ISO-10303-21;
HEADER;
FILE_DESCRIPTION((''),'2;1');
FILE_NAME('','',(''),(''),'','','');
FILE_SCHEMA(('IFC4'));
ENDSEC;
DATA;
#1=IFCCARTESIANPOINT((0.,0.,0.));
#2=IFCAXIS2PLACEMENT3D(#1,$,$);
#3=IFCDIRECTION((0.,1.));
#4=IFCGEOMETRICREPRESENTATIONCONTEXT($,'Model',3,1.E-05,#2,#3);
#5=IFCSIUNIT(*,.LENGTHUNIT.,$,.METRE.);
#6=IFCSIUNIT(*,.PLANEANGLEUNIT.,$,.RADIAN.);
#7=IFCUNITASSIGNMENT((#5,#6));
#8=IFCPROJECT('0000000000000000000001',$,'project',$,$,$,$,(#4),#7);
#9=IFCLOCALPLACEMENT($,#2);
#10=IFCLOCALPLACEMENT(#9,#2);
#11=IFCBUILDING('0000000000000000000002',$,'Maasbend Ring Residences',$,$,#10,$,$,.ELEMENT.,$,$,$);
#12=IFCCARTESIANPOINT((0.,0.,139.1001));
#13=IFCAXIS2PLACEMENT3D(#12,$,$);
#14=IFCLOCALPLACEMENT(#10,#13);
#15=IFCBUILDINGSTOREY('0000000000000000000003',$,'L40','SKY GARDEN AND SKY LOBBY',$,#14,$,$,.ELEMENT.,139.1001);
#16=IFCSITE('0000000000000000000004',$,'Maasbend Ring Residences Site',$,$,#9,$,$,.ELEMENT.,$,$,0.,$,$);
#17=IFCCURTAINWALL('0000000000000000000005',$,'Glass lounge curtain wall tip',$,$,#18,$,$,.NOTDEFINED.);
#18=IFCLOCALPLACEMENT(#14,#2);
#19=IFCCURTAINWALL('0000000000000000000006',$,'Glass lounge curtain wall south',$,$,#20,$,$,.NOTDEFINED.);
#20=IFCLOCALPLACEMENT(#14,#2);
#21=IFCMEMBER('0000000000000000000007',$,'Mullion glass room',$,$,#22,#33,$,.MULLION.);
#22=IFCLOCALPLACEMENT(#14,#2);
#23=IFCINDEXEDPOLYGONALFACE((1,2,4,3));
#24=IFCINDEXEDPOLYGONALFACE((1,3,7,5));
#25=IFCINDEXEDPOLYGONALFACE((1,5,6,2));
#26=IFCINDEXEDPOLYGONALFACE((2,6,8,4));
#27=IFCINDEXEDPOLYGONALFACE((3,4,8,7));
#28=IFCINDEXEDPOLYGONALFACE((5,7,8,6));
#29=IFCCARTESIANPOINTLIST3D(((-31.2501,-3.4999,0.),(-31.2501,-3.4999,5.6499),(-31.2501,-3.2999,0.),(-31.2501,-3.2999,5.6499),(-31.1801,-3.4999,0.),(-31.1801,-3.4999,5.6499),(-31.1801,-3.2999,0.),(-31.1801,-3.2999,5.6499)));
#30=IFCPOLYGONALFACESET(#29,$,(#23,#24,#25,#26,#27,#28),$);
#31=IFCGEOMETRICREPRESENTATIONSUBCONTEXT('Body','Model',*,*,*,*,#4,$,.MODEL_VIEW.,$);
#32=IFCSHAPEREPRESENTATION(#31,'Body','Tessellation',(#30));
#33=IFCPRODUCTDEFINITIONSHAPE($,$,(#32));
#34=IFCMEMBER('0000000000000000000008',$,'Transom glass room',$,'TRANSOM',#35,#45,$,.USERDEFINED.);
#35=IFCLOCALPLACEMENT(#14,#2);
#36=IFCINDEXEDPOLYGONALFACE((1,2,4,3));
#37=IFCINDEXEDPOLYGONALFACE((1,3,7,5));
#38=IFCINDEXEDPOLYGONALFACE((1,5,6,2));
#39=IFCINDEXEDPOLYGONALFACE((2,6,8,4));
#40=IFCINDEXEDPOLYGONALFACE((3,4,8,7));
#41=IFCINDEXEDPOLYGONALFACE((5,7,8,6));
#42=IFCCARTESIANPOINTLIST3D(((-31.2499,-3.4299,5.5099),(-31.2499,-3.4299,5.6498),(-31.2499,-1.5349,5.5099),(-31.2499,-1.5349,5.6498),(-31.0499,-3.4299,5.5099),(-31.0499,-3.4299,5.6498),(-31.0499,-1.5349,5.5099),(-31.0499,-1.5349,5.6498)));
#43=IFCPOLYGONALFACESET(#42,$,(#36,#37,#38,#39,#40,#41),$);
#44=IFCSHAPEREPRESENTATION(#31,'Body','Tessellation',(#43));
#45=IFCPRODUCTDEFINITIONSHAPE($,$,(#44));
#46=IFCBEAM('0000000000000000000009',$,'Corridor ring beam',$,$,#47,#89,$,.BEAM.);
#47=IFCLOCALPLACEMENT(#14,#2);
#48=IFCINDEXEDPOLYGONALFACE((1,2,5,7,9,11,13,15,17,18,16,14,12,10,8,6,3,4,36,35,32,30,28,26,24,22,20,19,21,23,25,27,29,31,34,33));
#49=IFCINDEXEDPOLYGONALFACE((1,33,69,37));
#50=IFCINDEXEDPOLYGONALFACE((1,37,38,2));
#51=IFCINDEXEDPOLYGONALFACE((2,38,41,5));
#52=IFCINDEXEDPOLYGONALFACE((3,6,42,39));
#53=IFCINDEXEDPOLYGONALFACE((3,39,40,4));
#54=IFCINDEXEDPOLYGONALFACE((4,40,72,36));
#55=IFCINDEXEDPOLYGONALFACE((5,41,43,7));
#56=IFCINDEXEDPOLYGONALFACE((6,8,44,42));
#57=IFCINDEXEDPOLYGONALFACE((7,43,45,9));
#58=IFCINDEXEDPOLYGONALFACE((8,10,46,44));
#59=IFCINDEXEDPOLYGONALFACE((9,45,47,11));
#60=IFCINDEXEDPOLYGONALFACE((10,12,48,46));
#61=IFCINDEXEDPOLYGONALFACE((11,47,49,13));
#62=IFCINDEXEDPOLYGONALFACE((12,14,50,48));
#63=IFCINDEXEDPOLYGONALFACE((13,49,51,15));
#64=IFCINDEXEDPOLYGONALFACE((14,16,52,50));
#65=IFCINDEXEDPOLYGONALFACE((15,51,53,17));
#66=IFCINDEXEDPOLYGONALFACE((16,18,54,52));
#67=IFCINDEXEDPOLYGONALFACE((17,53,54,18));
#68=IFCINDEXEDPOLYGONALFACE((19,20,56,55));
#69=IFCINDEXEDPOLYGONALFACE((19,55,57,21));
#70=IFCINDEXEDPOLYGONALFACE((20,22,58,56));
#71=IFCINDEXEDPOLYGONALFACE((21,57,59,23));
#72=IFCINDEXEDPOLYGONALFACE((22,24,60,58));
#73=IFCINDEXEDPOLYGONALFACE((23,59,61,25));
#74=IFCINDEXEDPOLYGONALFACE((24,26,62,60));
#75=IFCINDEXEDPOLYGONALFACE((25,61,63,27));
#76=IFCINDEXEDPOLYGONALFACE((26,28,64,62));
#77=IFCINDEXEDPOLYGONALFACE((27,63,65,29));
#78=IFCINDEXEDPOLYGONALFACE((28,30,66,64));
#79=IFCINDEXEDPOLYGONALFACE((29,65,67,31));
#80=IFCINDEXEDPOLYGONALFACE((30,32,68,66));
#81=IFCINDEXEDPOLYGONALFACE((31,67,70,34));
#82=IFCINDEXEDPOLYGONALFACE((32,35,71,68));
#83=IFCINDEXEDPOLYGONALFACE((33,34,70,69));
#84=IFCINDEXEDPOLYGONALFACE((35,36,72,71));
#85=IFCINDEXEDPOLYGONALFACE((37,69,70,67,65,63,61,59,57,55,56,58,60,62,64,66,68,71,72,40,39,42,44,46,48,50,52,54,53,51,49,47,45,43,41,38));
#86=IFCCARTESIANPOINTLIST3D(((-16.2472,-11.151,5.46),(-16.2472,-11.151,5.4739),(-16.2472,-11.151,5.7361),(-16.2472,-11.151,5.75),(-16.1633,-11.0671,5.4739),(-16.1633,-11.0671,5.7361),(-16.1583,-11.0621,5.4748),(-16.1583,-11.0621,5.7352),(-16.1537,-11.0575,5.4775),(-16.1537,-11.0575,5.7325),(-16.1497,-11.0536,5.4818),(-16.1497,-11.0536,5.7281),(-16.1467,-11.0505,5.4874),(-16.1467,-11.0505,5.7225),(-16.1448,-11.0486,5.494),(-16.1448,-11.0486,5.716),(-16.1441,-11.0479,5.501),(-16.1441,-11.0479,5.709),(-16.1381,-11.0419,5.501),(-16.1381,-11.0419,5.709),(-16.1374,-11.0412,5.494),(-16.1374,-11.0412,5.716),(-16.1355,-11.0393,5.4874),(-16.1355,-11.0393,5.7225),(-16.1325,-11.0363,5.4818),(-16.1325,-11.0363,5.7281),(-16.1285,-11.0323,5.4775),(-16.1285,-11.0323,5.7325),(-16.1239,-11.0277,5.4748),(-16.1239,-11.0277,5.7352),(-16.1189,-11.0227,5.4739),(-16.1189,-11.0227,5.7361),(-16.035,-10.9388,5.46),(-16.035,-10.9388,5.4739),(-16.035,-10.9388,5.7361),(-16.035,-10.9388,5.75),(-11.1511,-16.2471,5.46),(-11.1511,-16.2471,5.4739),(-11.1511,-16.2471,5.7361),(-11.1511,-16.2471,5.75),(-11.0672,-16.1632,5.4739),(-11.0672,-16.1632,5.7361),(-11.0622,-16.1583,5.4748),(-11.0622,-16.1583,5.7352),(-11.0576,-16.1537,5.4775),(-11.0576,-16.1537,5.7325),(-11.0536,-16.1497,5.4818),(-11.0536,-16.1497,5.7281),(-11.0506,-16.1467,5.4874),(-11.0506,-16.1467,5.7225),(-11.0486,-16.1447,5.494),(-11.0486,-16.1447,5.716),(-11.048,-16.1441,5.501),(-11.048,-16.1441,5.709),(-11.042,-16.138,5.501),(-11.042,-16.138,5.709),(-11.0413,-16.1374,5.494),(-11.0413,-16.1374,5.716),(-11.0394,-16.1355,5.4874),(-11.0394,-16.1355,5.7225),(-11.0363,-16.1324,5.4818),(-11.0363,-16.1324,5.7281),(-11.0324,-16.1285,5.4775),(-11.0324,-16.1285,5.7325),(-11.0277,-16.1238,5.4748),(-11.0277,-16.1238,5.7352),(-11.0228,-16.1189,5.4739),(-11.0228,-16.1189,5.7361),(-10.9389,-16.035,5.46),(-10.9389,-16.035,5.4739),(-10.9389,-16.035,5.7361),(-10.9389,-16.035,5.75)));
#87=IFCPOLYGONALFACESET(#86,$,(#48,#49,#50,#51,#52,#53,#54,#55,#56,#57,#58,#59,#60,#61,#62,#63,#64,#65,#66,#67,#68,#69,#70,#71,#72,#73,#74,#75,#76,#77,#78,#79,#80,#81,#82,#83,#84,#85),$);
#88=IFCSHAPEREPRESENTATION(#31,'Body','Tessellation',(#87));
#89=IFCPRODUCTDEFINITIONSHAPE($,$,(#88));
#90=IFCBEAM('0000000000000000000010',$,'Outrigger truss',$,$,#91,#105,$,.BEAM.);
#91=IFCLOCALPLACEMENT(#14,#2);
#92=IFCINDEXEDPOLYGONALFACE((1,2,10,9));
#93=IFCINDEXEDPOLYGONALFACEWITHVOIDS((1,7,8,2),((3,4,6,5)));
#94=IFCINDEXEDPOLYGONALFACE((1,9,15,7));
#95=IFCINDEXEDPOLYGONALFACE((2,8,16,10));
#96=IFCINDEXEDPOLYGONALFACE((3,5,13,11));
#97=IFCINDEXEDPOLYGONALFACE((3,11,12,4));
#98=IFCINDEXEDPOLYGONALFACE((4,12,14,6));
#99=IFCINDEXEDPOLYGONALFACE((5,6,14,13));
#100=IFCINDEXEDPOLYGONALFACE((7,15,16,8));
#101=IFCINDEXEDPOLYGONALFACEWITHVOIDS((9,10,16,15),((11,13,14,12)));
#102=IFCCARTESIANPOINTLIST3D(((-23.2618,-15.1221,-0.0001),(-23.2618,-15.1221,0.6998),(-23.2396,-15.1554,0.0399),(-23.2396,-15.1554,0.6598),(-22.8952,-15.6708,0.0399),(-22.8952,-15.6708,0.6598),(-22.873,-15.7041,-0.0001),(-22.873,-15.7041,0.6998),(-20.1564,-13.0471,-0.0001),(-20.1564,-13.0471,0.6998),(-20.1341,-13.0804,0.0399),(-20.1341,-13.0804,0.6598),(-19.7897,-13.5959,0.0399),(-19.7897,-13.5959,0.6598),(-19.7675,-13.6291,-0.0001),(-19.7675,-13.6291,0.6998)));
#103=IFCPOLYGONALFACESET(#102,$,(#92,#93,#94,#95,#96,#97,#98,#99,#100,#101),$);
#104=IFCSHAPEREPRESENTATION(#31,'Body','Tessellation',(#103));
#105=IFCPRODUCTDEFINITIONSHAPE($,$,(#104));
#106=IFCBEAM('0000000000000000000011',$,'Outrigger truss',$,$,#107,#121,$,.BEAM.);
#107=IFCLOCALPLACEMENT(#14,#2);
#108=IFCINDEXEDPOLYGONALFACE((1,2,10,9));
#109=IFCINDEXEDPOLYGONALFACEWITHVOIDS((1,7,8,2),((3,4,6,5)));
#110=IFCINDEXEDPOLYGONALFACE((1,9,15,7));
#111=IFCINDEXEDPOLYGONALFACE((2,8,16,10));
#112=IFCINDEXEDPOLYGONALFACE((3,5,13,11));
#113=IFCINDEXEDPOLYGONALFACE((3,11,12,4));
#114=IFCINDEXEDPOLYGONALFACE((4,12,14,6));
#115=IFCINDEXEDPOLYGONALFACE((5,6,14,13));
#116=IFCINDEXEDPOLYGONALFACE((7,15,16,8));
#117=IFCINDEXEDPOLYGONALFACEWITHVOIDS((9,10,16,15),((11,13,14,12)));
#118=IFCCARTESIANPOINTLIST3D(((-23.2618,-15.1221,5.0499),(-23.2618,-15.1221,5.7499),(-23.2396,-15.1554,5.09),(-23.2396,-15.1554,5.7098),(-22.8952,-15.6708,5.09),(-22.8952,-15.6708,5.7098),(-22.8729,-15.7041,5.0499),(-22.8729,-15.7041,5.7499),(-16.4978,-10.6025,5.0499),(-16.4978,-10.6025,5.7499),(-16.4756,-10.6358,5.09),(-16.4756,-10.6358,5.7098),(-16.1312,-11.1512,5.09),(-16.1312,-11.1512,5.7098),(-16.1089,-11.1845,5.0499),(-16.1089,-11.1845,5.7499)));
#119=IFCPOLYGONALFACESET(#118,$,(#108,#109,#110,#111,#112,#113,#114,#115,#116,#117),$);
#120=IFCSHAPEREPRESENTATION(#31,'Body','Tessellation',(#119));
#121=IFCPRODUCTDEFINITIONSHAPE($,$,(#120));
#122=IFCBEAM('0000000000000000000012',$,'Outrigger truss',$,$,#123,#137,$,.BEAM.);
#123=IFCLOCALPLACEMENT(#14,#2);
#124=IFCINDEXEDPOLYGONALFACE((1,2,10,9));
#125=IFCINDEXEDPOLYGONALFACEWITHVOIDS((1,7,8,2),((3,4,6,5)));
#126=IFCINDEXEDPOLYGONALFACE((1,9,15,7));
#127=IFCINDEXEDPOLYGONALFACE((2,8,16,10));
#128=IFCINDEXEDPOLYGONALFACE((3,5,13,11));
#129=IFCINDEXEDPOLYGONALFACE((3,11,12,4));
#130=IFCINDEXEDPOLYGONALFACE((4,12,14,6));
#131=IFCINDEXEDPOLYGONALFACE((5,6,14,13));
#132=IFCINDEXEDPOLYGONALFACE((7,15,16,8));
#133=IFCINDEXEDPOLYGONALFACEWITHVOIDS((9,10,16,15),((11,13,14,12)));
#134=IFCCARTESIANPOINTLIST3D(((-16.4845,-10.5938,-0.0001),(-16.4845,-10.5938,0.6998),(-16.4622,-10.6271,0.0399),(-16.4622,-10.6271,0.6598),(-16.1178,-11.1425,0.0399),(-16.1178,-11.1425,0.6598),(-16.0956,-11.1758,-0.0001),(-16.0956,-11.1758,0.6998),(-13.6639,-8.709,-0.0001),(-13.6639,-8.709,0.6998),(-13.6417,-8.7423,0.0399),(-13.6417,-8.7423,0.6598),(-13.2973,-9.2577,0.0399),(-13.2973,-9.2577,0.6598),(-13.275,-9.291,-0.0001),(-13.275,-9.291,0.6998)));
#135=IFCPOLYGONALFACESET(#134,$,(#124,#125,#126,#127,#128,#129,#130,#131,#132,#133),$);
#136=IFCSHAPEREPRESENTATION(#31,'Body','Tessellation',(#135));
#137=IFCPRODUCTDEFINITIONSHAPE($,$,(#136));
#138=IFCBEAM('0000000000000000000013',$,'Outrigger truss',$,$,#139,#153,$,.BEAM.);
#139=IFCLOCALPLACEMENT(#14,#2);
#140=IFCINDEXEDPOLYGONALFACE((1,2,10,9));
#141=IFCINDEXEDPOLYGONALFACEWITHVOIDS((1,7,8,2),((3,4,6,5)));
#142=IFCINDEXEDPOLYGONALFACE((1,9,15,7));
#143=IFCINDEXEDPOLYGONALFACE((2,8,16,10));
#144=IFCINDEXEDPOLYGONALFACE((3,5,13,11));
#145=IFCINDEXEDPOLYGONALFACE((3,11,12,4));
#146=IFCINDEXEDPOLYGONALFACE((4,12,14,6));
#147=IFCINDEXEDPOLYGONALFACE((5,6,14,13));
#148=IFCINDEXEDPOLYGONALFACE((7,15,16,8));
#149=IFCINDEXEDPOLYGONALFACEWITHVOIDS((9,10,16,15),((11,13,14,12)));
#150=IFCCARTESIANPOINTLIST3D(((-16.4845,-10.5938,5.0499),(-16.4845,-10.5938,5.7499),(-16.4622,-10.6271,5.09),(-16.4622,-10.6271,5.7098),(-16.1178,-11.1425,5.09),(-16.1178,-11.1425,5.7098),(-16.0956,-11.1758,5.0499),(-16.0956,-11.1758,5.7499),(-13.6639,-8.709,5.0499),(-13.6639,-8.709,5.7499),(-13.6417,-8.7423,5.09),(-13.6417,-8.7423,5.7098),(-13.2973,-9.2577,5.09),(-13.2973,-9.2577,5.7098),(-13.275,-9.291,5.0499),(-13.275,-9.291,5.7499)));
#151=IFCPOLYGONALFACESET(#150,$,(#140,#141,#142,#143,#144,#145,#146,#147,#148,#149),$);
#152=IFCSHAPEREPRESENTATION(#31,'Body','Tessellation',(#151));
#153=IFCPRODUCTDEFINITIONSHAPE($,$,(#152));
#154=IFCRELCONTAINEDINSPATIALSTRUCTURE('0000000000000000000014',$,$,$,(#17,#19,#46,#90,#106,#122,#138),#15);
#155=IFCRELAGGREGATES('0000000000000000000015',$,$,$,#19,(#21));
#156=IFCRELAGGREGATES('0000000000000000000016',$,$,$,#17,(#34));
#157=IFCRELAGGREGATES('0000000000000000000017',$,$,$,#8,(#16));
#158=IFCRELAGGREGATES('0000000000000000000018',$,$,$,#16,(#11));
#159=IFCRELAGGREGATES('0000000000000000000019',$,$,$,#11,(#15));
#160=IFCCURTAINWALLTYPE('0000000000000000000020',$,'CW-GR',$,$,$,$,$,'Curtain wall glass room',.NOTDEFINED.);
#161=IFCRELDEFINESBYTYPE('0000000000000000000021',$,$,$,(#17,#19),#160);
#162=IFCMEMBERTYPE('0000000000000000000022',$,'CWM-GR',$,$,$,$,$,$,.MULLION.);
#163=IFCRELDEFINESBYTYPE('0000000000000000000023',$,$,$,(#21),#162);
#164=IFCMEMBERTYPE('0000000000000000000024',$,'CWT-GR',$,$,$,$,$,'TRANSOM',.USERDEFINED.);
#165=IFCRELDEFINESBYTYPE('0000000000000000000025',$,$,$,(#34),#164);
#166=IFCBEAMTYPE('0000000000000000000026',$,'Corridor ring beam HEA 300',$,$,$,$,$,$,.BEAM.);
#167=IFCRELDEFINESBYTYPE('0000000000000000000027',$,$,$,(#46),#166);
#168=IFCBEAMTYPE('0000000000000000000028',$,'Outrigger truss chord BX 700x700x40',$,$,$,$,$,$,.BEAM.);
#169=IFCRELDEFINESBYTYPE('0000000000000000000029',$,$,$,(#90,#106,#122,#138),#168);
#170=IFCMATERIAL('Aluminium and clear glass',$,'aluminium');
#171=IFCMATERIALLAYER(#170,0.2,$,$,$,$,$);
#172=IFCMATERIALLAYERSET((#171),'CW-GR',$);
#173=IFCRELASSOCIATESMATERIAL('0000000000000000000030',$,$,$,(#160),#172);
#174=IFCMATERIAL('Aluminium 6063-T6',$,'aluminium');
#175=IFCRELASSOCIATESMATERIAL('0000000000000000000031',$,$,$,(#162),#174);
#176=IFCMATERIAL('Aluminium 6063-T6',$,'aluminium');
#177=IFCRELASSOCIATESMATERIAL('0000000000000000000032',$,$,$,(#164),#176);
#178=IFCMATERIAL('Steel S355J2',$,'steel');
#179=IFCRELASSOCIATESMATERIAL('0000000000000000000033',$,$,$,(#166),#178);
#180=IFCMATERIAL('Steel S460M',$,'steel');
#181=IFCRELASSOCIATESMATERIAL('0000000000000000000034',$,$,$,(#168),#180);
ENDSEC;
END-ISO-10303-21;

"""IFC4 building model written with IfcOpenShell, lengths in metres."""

from ifc_helpers import new_model, si_unit, direction, frame, origin, origin_2d, place, context, subcontext, project, spatial, rectangle, hollow_rectangle, i_section, extrude, material, layer, layer_set, material_profile, profile_set, type_object, element, aggregate, save


model = new_model("IFC4")

# Units and contexts
model_context = context("Model", 3, precision=1e-05, world=origin(), true_north=direction((0.0, 1.0)))
body_context = subcontext(model_context, "Body", "Model", "MODEL_VIEW")
ifc_project = project(units=[si_unit("LENGTHUNIT", "METRE"), si_unit("PLANEANGLEUNIT", "RADIAN")], contexts=[model_context])

# Site, building, storey
site_placement = place(None, origin())
site = spatial("IfcSite", under=ifc_project, at=site_placement, Name="Maasbend Ring Residences Site", CompositionType="ELEMENT", RefElevation=0.0)
building_placement = place(site_placement, origin())
building = spatial("IfcBuilding", under=site, at=building_placement, Name="Maasbend Ring Residences", CompositionType="ELEMENT")
storey_placement = place(building_placement, frame((0.0, 0.0, 139.1001)))
storey = spatial("IfcBuildingStorey", under=building, at=storey_placement, Name="L40", Description="SKY GARDEN AND SKY LOBBY", CompositionType="ELEMENT", Elevation=139.1001)

# Curtain walls, member
ifc_material_1 = material(Name="Aluminium and clear glass", Category="aluminium")
ifc_layer_1 = layer(ifc_material_1, 0.2)
ifc_layer_set_1 = layer_set([ifc_layer_1], Name="CW-GR")
curtain_wall_type = type_object("IfcCurtainWallType", Name="CW-GR", ElementType="Curtain wall glass room", PredefinedType="NOTDEFINED", material=ifc_layer_set_1)
curtain_wall_1_placement = place(storey_placement, origin())
curtain_wall_1 = element("IfcCurtainWall", 1, at=curtain_wall_1_placement, inside=storey, type_object=curtain_wall_type, Name="Glass lounge curtain wall tip", PredefinedType="NOTDEFINED")
ifc_material_2 = material(Name="Aluminium 6063-T6", Category="aluminium")
ifc_material_profile_1 = material_profile(ifc_material_2, rectangle(XDim=0.2, YDim=0.0701, at=origin_2d()), Name="AL 200x70")
ifc_profile_set_1 = profile_set([ifc_material_profile_1], Name="Aluminium 6063-T6")
member_type_1 = type_object("IfcMemberType", Name="CWM-GR", PredefinedType="MULLION", material=ifc_profile_set_1)
curtain_wall_2_placement = place(storey_placement, origin())
curtain_wall_2 = element("IfcCurtainWall", 2, at=curtain_wall_2_placement, inside=storey, type_object=curtain_wall_type, Name="Glass lounge curtain wall south", PredefinedType="NOTDEFINED")
member_1_placement = place(storey_placement, frame((-31.2151, -3.3999, 0.0), z_axis=(0.0, 0.0, 1.0), x_axis=(0.0, -1.0, 0.0)))
member_1 = element("IfcMember", 3, at=member_1_placement, type_object=member_type_1, Name="Mullion glass room", PredefinedType="MULLION", context=body_context, shape_type="SweptSolid", body=[
    extrude(rectangle(XDim=0.2, YDim=0.0701, at=origin_2d()), origin(), (0.0, 0.0, 1.0), 5.6499),
])
aggregate(curtain_wall_2, [member_1])

# Member
ifc_material_3 = material(Name="Aluminium 6063-T6", Category="aluminium")
ifc_material_profile_2 = material_profile(ifc_material_3, rectangle(XDim=0.2, YDim=0.1399, at=origin_2d()), Name="AL 200x140")
ifc_profile_set_2 = profile_set([ifc_material_profile_2], Name="Aluminium 6063-T6")
member_type_2 = type_object("IfcMemberType", Name="CWT-GR", ElementType="TRANSOM", PredefinedType="USERDEFINED", material=ifc_profile_set_2)
member_2_placement = place(storey_placement, frame((-31.1499, -3.4299, 5.5798), z_axis=(0.0, 1.0, 0.0), x_axis=(-1.0, 0.0, 0.0)))
member_2 = element("IfcMember", 4, at=member_2_placement, type_object=member_type_2, Name="Transom glass room", ObjectType="TRANSOM", PredefinedType="USERDEFINED", context=body_context, shape_type="SweptSolid", body=[
    extrude(rectangle(XDim=0.2, YDim=0.1399, at=origin_2d()), origin(), (0.0, 0.0, 1.0), 1.895),
])
aggregate(curtain_wall_1, [member_2])

# Beams
ifc_material_4 = material(Name="Steel S355J2", Category="steel")
ifc_material_profile_3 = material_profile(ifc_material_4, i_section(OverallWidth=0.3, OverallDepth=0.29, WebThickness=0.0085, FlangeThickness=0.0139, FilletRadius=0.0271, at=origin_2d()), Name="HEA 300")
ifc_profile_set_3 = profile_set([ifc_material_profile_3], Name="Steel S355J2")
beam_type_1 = type_object("IfcBeamType", Name="Corridor ring beam HEA 300", PredefinedType="BEAM", material=ifc_profile_set_3)
beam_1_placement = place(storey_placement, frame((-16.1411, -11.0449, 5.605), z_axis=(0.707107, -0.707107, 0.0), x_axis=(0.707107, 0.707107, 0.0)))
element("IfcBeam", 5, at=beam_1_placement, inside=storey, type_object=beam_type_1, Name="Corridor ring beam", PredefinedType="BEAM", context=body_context, shape_type="SweptSolid", body=[
    extrude(i_section(OverallWidth=0.3, OverallDepth=0.29, WebThickness=0.0085, FlangeThickness=0.0139, FilletRadius=0.0271, at=origin_2d()), origin(), (0.0, 0.0, 1.0), 7.207),
])
ifc_material_5 = material(Name="Steel S460M", Category="steel")
ifc_material_profile_4 = material_profile(ifc_material_5, hollow_rectangle(XDim=0.7, YDim=0.7, WallThickness=0.04, at=origin_2d()), Name="Outrigger truss chord BX 700x700x40")
ifc_profile_set_4 = profile_set([ifc_material_profile_4], Name="Steel S460M")
beam_type_2 = type_object("IfcBeamType", Name="Outrigger truss chord BX 700x700x40", PredefinedType="BEAM", material=ifc_profile_set_4)
beam_2_placement = place(storey_placement, frame((-23.0674, -15.4131, 0.3499), z_axis=(0.831477, 0.55556, 0.0), x_axis=(-0.55556, 0.831477, 0.0)))
element("IfcBeam", 6, at=beam_2_placement, inside=storey, type_object=beam_type_2, Name="Outrigger truss", PredefinedType="BEAM", context=body_context, shape_type="SweptSolid", body=[
    extrude(hollow_rectangle(XDim=0.7, YDim=0.7, WallThickness=0.04, at=origin_2d()), origin(), (0.0, 0.0, 1.0), 3.7349),
])
beam_3_placement = place(storey_placement, frame((-23.0674, -15.4131, 5.3999), z_axis=(0.831468, 0.555573, 0.0), x_axis=(-0.555573, 0.831468, 0.0)))
element("IfcBeam", 7, at=beam_3_placement, inside=storey, type_object=beam_type_2, Name="Outrigger truss", PredefinedType="BEAM", context=body_context, shape_type="SweptSolid", body=[
    extrude(hollow_rectangle(XDim=0.7, YDim=0.7, WallThickness=0.04, at=origin_2d()), origin(), (0.0, 0.0, 1.0), 8.135),
])
for number, where, z_axis, x_axis, name in (
    (8, (-16.29, -10.8848, 0.3499), (0.831452, 0.555597, 0.0), (-0.555597, 0.831452, 0.0), "Outrigger truss"),
    (9, (-16.29, -10.8848, 5.3999), (0.831452, 0.555597, 0.0), (-0.555597, 0.831452, 0.0), "Outrigger truss"),
):
    element("IfcBeam", number, at=place(storey_placement, frame(where, z_axis=z_axis, x_axis=x_axis)), inside=storey, type_object=beam_type_2, Name=name, PredefinedType="BEAM", context=body_context, shape_type="SweptSolid", body=[
        extrude(hollow_rectangle(XDim=0.7, YDim=0.7, WallThickness=0.04, at=origin_2d()), origin(), (0.0, 0.0, 1.0), 3.3923),
    ])

save(model, "model.ifc")
